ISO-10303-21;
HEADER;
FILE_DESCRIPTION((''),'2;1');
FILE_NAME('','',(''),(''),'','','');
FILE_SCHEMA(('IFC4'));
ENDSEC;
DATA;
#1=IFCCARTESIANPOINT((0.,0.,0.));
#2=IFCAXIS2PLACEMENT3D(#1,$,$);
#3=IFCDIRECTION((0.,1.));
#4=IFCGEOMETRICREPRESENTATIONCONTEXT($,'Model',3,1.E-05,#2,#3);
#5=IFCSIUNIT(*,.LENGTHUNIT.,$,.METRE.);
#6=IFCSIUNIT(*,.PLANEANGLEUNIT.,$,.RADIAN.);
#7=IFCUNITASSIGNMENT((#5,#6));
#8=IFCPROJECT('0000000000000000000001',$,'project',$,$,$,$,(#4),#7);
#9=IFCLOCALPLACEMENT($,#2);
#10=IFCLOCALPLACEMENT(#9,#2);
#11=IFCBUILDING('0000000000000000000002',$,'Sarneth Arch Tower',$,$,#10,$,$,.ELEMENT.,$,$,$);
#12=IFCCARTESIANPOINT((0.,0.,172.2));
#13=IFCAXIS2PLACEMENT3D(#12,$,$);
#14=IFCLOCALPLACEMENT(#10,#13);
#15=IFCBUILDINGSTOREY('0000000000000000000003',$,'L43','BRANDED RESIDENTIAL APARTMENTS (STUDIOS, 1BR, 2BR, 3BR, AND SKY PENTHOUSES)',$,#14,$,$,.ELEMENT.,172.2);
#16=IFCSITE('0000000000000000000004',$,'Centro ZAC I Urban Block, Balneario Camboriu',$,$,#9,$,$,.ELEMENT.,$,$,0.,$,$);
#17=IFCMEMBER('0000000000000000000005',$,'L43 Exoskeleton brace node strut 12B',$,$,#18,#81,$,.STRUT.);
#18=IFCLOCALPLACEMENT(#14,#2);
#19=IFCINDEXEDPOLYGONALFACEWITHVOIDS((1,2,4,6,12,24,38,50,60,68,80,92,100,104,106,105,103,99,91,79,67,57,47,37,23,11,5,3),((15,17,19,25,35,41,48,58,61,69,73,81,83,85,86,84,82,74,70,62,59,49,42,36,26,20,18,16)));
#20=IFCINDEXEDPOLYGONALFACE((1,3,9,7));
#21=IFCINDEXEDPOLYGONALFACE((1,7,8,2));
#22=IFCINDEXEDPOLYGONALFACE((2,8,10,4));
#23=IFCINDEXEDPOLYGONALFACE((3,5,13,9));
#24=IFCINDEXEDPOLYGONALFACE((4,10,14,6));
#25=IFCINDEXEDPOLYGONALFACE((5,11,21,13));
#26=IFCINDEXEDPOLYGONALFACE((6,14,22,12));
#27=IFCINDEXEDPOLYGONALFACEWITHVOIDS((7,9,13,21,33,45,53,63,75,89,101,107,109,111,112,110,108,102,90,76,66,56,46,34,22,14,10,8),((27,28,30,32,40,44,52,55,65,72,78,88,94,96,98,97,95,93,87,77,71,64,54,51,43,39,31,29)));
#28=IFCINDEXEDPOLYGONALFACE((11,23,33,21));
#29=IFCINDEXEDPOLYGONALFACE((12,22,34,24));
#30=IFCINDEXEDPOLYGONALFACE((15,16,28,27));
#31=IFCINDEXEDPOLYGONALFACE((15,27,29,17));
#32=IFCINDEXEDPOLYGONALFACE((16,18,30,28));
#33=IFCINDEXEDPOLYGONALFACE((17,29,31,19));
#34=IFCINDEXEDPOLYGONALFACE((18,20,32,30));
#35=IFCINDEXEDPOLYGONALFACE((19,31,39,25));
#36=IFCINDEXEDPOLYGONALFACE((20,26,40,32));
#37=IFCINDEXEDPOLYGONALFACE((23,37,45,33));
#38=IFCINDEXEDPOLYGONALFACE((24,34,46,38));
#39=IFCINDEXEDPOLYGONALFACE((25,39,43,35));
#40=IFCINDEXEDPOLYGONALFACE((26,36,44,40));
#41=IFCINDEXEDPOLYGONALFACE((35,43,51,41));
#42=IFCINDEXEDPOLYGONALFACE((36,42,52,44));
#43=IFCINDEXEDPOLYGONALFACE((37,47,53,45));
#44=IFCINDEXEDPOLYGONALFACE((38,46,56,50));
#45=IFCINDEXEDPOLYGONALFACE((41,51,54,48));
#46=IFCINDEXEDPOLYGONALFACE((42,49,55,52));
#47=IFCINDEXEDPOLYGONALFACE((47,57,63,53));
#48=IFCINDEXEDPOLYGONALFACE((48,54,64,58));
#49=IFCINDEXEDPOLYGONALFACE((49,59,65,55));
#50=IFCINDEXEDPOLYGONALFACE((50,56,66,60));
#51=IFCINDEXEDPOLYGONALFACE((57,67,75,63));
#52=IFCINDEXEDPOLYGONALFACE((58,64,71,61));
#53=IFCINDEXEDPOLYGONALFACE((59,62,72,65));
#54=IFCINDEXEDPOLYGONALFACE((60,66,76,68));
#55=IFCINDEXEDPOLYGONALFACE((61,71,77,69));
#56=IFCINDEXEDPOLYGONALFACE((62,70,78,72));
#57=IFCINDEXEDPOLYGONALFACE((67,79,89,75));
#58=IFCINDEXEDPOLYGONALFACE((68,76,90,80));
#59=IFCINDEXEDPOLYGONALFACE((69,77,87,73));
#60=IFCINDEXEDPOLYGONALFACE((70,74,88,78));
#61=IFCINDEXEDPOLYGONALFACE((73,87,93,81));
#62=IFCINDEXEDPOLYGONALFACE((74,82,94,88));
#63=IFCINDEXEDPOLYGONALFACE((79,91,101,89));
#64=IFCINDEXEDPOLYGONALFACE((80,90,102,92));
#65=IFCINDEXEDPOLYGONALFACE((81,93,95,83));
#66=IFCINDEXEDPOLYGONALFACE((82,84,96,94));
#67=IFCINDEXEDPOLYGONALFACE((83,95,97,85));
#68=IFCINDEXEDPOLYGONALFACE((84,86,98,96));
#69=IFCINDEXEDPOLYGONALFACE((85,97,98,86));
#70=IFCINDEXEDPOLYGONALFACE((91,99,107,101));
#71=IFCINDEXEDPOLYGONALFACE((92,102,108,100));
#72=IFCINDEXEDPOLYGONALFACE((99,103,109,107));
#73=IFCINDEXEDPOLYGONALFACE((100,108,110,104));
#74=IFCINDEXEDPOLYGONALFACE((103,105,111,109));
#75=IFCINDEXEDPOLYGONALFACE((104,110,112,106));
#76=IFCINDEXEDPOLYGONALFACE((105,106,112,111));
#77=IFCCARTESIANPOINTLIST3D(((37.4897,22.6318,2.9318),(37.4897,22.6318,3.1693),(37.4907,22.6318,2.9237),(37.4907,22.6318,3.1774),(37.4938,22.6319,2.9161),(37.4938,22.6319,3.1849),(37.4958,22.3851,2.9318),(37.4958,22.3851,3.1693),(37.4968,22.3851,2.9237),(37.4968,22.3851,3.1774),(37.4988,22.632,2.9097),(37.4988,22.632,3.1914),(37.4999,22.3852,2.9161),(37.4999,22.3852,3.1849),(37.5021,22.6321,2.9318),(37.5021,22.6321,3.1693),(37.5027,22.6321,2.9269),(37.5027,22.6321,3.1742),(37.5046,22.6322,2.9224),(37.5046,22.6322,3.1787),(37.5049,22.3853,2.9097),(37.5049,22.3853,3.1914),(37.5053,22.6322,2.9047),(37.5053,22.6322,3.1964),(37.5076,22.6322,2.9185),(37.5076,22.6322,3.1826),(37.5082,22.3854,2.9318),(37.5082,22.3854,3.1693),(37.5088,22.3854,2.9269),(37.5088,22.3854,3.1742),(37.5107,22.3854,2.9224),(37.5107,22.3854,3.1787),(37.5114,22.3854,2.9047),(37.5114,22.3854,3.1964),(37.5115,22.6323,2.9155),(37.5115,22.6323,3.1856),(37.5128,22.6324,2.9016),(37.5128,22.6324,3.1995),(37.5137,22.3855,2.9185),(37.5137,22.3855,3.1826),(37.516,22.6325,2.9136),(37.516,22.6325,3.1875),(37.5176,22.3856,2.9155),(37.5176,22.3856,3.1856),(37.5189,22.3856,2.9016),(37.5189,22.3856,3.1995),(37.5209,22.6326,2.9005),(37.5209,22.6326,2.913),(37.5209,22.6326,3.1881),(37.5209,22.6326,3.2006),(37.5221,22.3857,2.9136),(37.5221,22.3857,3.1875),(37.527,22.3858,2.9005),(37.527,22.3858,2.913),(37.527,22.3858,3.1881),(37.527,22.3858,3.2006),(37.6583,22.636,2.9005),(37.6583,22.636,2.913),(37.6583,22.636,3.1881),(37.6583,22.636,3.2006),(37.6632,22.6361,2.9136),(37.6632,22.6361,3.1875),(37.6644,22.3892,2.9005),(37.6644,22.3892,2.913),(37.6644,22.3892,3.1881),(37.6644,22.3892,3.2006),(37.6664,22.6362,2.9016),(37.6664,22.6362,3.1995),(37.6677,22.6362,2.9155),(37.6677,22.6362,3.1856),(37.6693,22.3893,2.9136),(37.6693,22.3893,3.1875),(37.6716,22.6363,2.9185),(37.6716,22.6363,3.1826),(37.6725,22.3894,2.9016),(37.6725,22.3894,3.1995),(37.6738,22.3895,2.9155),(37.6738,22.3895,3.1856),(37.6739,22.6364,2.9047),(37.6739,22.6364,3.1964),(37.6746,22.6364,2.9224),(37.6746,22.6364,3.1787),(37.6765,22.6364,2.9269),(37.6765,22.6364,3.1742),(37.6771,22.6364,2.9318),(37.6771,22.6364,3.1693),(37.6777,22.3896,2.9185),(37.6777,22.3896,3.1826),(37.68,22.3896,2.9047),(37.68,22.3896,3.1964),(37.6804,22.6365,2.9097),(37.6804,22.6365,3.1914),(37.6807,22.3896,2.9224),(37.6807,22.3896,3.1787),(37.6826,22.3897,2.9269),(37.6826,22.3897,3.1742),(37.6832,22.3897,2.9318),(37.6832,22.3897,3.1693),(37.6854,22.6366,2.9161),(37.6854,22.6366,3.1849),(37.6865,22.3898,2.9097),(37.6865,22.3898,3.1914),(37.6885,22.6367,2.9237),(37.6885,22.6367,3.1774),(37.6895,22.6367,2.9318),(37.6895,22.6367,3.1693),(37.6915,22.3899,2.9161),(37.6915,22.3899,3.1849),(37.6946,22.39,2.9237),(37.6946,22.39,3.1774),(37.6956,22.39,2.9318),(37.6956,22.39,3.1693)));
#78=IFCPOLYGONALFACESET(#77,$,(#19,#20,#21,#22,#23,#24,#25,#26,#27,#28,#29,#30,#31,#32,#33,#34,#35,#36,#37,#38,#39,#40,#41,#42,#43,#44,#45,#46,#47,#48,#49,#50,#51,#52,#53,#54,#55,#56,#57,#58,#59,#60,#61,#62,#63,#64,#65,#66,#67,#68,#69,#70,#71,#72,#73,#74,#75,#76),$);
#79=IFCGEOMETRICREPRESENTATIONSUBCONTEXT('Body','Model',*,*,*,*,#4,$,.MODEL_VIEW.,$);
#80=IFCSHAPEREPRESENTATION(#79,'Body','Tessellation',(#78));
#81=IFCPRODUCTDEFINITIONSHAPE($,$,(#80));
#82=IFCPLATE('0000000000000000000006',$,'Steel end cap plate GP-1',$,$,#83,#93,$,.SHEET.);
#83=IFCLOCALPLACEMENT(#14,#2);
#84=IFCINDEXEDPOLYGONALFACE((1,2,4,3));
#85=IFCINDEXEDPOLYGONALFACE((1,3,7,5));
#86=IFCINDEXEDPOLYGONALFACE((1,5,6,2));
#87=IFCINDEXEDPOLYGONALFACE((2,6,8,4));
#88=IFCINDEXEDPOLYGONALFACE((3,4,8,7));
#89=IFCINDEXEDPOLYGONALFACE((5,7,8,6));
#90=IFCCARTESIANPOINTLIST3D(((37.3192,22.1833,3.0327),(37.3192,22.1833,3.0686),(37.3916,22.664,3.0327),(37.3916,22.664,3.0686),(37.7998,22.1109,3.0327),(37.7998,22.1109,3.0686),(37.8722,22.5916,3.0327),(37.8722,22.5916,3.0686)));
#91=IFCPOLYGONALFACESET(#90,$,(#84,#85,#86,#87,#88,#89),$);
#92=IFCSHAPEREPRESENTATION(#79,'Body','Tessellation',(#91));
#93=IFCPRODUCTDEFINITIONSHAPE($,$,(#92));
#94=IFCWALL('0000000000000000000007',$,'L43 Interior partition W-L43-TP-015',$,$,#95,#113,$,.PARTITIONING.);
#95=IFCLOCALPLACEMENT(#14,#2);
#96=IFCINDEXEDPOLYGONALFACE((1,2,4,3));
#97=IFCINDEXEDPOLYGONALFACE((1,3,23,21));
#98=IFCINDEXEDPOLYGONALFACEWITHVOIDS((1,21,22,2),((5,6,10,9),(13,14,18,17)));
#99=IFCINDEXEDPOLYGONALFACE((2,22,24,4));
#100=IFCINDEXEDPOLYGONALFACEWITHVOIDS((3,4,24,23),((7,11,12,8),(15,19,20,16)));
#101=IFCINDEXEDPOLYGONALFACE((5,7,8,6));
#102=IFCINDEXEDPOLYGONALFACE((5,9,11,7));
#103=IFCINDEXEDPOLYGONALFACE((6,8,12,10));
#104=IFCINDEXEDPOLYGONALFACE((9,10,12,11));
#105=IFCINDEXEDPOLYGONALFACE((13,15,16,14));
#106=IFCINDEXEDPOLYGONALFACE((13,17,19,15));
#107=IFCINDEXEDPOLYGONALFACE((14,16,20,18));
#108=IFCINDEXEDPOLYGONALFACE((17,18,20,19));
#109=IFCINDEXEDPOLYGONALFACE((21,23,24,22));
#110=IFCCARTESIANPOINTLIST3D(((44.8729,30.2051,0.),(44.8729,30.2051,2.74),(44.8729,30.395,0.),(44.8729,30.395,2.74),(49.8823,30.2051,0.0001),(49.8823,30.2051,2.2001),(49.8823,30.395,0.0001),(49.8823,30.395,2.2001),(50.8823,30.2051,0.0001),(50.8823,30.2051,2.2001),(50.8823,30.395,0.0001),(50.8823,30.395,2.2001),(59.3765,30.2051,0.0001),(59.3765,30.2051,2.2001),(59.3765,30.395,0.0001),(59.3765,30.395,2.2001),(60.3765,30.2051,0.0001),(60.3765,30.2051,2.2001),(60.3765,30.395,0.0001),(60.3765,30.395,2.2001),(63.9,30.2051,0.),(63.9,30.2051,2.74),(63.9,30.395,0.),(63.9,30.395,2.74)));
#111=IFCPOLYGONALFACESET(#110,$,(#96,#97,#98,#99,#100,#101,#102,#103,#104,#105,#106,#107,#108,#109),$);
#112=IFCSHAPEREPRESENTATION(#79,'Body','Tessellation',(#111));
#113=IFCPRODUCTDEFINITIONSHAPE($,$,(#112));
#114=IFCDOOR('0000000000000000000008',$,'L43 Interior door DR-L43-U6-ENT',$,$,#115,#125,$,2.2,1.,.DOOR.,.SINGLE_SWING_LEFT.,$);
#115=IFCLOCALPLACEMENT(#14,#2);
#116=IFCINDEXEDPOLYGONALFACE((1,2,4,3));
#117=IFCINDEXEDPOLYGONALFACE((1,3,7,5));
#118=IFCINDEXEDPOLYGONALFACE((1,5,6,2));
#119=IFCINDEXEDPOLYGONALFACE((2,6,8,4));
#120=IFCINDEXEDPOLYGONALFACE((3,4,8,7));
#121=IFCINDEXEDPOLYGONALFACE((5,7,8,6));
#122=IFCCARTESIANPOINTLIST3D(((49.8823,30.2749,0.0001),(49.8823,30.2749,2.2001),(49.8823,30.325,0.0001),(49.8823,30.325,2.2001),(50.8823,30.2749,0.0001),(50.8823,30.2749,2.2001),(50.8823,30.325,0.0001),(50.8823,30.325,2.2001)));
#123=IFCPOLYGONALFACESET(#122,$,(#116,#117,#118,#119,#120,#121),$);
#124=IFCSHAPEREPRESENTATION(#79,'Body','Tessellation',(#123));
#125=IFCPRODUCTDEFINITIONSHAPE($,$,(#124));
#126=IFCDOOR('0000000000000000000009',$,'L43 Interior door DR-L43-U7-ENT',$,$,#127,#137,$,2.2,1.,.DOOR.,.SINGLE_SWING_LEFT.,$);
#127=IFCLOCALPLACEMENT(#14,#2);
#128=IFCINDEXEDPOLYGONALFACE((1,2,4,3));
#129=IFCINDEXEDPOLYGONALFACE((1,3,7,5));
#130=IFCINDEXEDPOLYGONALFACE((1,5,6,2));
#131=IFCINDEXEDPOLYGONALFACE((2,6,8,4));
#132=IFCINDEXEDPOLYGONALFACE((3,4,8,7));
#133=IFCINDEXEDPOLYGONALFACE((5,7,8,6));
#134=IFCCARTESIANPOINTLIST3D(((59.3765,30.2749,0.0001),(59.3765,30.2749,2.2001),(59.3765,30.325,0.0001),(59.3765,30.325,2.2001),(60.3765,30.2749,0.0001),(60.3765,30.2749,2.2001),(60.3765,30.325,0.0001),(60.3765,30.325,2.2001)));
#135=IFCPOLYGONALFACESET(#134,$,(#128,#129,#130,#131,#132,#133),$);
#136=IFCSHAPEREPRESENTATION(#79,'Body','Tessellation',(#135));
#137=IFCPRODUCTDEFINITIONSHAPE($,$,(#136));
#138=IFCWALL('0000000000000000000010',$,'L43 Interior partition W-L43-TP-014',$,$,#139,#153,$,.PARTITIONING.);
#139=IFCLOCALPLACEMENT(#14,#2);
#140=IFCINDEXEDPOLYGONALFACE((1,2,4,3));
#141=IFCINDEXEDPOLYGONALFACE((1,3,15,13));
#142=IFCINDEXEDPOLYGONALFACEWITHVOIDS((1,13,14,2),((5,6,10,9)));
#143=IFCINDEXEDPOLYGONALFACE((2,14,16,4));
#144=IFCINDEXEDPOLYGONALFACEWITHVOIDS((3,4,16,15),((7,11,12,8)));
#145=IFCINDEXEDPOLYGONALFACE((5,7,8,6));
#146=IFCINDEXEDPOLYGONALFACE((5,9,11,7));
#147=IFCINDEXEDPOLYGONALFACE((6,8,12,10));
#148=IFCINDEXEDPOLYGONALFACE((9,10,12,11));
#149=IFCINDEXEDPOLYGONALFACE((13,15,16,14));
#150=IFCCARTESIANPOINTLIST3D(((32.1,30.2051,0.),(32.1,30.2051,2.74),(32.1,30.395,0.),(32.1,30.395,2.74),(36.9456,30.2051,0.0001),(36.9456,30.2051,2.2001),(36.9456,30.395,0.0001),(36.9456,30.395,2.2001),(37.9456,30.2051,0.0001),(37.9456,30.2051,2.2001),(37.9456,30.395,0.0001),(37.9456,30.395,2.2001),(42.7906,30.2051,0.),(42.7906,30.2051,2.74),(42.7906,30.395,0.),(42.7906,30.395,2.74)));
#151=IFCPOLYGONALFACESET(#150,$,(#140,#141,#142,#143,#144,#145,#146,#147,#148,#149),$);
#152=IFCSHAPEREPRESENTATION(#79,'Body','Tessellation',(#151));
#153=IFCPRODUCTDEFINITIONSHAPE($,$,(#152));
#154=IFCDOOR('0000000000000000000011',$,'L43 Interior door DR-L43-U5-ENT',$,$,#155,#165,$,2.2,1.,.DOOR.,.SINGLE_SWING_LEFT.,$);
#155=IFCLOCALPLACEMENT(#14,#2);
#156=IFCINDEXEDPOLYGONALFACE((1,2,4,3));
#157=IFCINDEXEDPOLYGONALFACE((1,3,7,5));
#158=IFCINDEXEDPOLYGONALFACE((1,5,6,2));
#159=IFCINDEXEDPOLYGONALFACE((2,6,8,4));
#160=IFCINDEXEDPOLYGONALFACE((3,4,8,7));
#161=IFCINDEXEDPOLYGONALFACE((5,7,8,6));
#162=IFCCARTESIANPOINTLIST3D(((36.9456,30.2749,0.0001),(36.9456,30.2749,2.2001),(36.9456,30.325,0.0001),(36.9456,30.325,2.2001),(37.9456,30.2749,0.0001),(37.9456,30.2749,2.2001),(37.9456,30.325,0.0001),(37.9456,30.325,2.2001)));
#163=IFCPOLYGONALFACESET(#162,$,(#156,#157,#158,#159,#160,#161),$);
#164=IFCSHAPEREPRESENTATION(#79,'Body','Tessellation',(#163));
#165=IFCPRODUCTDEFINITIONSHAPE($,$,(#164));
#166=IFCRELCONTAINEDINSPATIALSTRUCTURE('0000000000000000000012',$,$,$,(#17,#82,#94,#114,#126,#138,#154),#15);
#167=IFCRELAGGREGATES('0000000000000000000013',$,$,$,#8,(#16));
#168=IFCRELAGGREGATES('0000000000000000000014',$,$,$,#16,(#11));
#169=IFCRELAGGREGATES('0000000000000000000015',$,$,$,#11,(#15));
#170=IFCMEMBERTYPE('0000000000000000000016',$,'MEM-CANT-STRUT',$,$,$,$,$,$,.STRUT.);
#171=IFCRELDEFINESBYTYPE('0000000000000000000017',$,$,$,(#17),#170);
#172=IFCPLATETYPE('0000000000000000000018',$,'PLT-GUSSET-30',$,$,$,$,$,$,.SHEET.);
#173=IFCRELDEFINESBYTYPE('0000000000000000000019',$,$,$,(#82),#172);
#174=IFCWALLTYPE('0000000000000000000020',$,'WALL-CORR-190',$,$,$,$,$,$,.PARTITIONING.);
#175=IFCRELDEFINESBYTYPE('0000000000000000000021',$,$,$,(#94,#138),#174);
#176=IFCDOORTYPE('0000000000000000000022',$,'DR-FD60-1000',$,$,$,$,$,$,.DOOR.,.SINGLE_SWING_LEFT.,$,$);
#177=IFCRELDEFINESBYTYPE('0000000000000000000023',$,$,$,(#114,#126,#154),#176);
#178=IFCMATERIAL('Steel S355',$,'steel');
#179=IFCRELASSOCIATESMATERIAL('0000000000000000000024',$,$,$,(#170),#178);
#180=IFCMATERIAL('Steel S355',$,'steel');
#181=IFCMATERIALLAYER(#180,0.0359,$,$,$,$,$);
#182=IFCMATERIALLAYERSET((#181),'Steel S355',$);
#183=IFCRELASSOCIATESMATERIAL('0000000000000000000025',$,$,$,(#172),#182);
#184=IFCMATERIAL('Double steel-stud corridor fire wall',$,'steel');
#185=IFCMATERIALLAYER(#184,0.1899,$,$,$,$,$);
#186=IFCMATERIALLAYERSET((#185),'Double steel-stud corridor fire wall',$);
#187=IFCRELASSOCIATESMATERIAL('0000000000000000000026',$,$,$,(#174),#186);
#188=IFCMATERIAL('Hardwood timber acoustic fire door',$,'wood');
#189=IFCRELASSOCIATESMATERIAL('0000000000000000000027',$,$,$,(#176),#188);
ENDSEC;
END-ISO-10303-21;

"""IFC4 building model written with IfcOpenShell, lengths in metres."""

from ifc_helpers import new_model, si_unit, direction, frame, frame_2d, origin, origin_2d, place, context, subcontext, project, spatial, rectangle, hollow_rectangle, extrude, material, layer, layer_set, material_profile, profile_set, type_object, element, fill, save


model = new_model("IFC4")

# Units and contexts
model_context = context("Model", 3, precision=1e-05, world=origin(), true_north=direction((0.0, 1.0)))
body_context = subcontext(model_context, "Body", "Model", "MODEL_VIEW")
ifc_project = project(units=[si_unit("LENGTHUNIT", "METRE"), si_unit("PLANEANGLEUNIT", "RADIAN")], contexts=[model_context])

# Site, building, storey
site_placement = place(None, origin())
site = spatial("IfcSite", under=ifc_project, at=site_placement, Name="Centro ZAC I Urban Block, Balneario Camboriu", CompositionType="ELEMENT", RefElevation=0.0)
building_placement = place(site_placement, origin())
building = spatial("IfcBuilding", under=site, at=building_placement, Name="Sarneth Arch Tower", CompositionType="ELEMENT")
storey_placement = place(building_placement, frame((0.0, 0.0, 172.2)))
storey = spatial("IfcBuildingStorey", under=building, at=storey_placement, Name="L43", Description="BRANDED RESIDENTIAL APARTMENTS (STUDIOS, 1BR, 2BR, 3BR, AND SKY PENTHOUSES)", CompositionType="ELEMENT", Elevation=172.2)

# Member
ifc_material_1 = material(Name="Steel S355", Category="steel")
ifc_material_profile_1 = material_profile(ifc_material_1, hollow_rectangle(XDim=0.2, YDim=0.3, WallThickness=0.0125, InnerFilletRadius=0.0188, OuterFilletRadius=0.0312, at=origin_2d()), Name="RHS300x200x12.5")
ifc_profile_set_1 = profile_set([ifc_material_profile_1], Name="Steel S355")
member_type = type_object("IfcMemberType", Name="MEM-CANT-STRUT", PredefinedType="STRUT", material=ifc_profile_set_1)
member_placement = place(storey_placement, frame((37.5896, 22.6343, 3.0505), z_axis=(0.02472, -0.999694, 0.0), x_axis=(0.999694, 0.02472, 0.0)))
element("IfcMember", 1, at=member_placement, inside=storey, type_object=member_type, Name="L43 Exoskeleton brace node strut 12B", PredefinedType="STRUT", context=body_context, shape_type="SweptSolid", body=[
    extrude(hollow_rectangle(XDim=0.2, YDim=0.3, WallThickness=0.0125, InnerFilletRadius=0.0188, OuterFilletRadius=0.0312, at=origin_2d()), origin(), (0.0, 0.0, 1.0), 0.2468),
])

# Plate
ifc_material_2 = material(Name="Steel S355", Category="steel")
ifc_layer_1 = layer(ifc_material_2, 0.0359)
ifc_layer_set_1 = layer_set([ifc_layer_1], Name="Steel S355")
plate_type = type_object("IfcPlateType", Name="PLT-GUSSET-30", PredefinedType="SHEET", material=ifc_layer_set_1)
plate_placement = place(storey_placement, frame((37.5957, 22.3875, 3.0327), z_axis=(0.0, 0.0, 1.0), x_axis=(0.988835, -0.149018, 0.0)))
element("IfcPlate", 2, at=plate_placement, inside=storey, type_object=plate_type, Name="Steel end cap plate GP-1", PredefinedType="SHEET", context=body_context, shape_type="SweptSolid", body=[
    extrude(rectangle(XDim=0.4861, YDim=0.4861, at=origin_2d()), origin(), (0.0, 0.0, 1.0), 0.0359),
])

# Wall, openings, doors
ifc_material_3 = material(Name="Double steel-stud corridor fire wall", Category="steel")
ifc_layer_2 = layer(ifc_material_3, 0.1899)
ifc_layer_set_2 = layer_set([ifc_layer_2], Name="Double steel-stud corridor fire wall")
wall_type_1 = type_object("IfcWallType", Name="WALL-CORR-190", PredefinedType="PARTITIONING", material=ifc_layer_set_2)
wall_1_placement = place(storey_placement, frame((44.8728, 30.3, 0.0), z_axis=(0.0, 0.0, 1.0), x_axis=(1.0, 0.0, 0.0)))
wall_1 = element("IfcWall", 3, at=wall_1_placement, inside=storey, type_object=wall_type_1, Name="L43 Interior partition W-L43-TP-015", PredefinedType="PARTITIONING", context=body_context, shape_type="SweptSolid", body=[
    extrude(rectangle(XDim=19.0271, YDim=0.1899, at=frame_2d((9.5137, 0.0))), origin(), (0.0, 0.0, 1.0), 2.74),
])
opening_1_placement = place(wall_1_placement, frame((5.0095, 0.0, 0.0)))
opening_1 = element("IfcOpeningElement", 4, at=opening_1_placement, cuts=wall_1, PredefinedType="OPENING", context=body_context, shape_type="SweptSolid", body=[
    extrude(rectangle(XDim=1.0, YDim=2.2, at=frame_2d((0.5, 1.1001))), frame((0.0, 0.105, 0.0), z_axis=(0.0, -1.0, 0.0), x_axis=(1.0, 0.0, 0.0)), (0.0, 0.0, 1.0), 0.21),
])
opening_2_placement = place(wall_1_placement, frame((14.5037, 0.0, 0.0)))
opening_2 = element("IfcOpeningElement", 5, at=opening_2_placement, cuts=wall_1, PredefinedType="OPENING", context=body_context, shape_type="SweptSolid", body=[
    extrude(rectangle(XDim=1.0, YDim=2.2, at=frame_2d((0.5, 1.1001))), frame((0.0, 0.105, 0.0), z_axis=(0.0, -1.0, 0.0), x_axis=(1.0, 0.0, 0.0)), (0.0, 0.0, 1.0), 0.21),
])
ifc_material_4 = material(Name="Hardwood timber acoustic fire door", Category="wood")
door_type_1 = type_object("IfcDoorType", Name="DR-FD60-1000", OperationType="SINGLE_SWING_LEFT", PredefinedType="DOOR", material=ifc_material_4)
door_1_placement = place(opening_1_placement, origin())
door_1 = element("IfcDoor", 6, at=door_1_placement, inside=storey, type_object=door_type_1, Name="L43 Interior door DR-L43-U6-ENT", OperationType="SINGLE_SWING_LEFT", OverallHeight=2.2, OverallWidth=1.0, PredefinedType="DOOR", context=body_context, shape_type="SweptSolid", body=[
    extrude(rectangle(XDim=1.0, YDim=2.2, at=frame_2d((0.5, 1.1001))), frame((0.0, 0.0249, 0.0), z_axis=(0.0, -1.0, 0.0), x_axis=(1.0, 0.0, 0.0)), (0.0, 0.0, 1.0), 0.05),
])
fill(opening_1, door_1)
door_2_placement = place(opening_2_placement, origin())
door_2 = element("IfcDoor", 7, at=door_2_placement, inside=storey, type_object=door_type_1, Name="L43 Interior door DR-L43-U7-ENT", OperationType="SINGLE_SWING_LEFT", OverallHeight=2.2, OverallWidth=1.0, PredefinedType="DOOR", context=body_context, shape_type="SweptSolid", body=[
    extrude(rectangle(XDim=1.0, YDim=2.2, at=frame_2d((0.5, 1.1001))), frame((0.0, 0.0249, 0.0), z_axis=(0.0, -1.0, 0.0), x_axis=(1.0, 0.0, 0.0)), (0.0, 0.0, 1.0), 0.05),
])
fill(opening_2, door_2)

# Wall, opening, door
wall_2_placement = place(storey_placement, frame((32.1001, 30.3, 0.0), z_axis=(0.0, 0.0, 1.0), x_axis=(1.0, 0.0, 0.0)))
wall_2 = element("IfcWall", 8, at=wall_2_placement, inside=storey, type_object=wall_type_1, Name="L43 Interior partition W-L43-TP-014", PredefinedType="PARTITIONING", context=body_context, shape_type="SweptSolid", body=[
    extrude(rectangle(XDim=10.6907, YDim=0.1899, at=frame_2d((5.3452, 0.0))), origin(), (0.0, 0.0, 1.0), 2.74),
])
opening_3_placement = place(wall_2_placement, frame((4.8455, 0.0, 0.0)))
opening_3 = element("IfcOpeningElement", 9, at=opening_3_placement, cuts=wall_2, PredefinedType="OPENING", context=body_context, shape_type="SweptSolid", body=[
    extrude(rectangle(XDim=1.0, YDim=2.2, at=frame_2d((0.5, 1.1001))), frame((0.0, 0.105, 0.0), z_axis=(0.0, -1.0, 0.0), x_axis=(1.0, 0.0, 0.0)), (0.0, 0.0, 1.0), 0.21),
])
door_3_placement = place(opening_3_placement, origin())
door_3 = element("IfcDoor", 10, at=door_3_placement, inside=storey, type_object=door_type_1, Name="L43 Interior door DR-L43-U5-ENT", OperationType="SINGLE_SWING_LEFT", OverallHeight=2.2, OverallWidth=1.0, PredefinedType="DOOR", context=body_context, shape_type="SweptSolid", body=[
    extrude(rectangle(XDim=1.0, YDim=2.2, at=frame_2d((0.5, 1.1001))), frame((0.0, 0.0249, 0.0), z_axis=(0.0, -1.0, 0.0), x_axis=(1.0, 0.0, 0.0)), (0.0, 0.0, 1.0), 0.05),
])
fill(opening_3, door_3)

save(model, "model.ifc")
